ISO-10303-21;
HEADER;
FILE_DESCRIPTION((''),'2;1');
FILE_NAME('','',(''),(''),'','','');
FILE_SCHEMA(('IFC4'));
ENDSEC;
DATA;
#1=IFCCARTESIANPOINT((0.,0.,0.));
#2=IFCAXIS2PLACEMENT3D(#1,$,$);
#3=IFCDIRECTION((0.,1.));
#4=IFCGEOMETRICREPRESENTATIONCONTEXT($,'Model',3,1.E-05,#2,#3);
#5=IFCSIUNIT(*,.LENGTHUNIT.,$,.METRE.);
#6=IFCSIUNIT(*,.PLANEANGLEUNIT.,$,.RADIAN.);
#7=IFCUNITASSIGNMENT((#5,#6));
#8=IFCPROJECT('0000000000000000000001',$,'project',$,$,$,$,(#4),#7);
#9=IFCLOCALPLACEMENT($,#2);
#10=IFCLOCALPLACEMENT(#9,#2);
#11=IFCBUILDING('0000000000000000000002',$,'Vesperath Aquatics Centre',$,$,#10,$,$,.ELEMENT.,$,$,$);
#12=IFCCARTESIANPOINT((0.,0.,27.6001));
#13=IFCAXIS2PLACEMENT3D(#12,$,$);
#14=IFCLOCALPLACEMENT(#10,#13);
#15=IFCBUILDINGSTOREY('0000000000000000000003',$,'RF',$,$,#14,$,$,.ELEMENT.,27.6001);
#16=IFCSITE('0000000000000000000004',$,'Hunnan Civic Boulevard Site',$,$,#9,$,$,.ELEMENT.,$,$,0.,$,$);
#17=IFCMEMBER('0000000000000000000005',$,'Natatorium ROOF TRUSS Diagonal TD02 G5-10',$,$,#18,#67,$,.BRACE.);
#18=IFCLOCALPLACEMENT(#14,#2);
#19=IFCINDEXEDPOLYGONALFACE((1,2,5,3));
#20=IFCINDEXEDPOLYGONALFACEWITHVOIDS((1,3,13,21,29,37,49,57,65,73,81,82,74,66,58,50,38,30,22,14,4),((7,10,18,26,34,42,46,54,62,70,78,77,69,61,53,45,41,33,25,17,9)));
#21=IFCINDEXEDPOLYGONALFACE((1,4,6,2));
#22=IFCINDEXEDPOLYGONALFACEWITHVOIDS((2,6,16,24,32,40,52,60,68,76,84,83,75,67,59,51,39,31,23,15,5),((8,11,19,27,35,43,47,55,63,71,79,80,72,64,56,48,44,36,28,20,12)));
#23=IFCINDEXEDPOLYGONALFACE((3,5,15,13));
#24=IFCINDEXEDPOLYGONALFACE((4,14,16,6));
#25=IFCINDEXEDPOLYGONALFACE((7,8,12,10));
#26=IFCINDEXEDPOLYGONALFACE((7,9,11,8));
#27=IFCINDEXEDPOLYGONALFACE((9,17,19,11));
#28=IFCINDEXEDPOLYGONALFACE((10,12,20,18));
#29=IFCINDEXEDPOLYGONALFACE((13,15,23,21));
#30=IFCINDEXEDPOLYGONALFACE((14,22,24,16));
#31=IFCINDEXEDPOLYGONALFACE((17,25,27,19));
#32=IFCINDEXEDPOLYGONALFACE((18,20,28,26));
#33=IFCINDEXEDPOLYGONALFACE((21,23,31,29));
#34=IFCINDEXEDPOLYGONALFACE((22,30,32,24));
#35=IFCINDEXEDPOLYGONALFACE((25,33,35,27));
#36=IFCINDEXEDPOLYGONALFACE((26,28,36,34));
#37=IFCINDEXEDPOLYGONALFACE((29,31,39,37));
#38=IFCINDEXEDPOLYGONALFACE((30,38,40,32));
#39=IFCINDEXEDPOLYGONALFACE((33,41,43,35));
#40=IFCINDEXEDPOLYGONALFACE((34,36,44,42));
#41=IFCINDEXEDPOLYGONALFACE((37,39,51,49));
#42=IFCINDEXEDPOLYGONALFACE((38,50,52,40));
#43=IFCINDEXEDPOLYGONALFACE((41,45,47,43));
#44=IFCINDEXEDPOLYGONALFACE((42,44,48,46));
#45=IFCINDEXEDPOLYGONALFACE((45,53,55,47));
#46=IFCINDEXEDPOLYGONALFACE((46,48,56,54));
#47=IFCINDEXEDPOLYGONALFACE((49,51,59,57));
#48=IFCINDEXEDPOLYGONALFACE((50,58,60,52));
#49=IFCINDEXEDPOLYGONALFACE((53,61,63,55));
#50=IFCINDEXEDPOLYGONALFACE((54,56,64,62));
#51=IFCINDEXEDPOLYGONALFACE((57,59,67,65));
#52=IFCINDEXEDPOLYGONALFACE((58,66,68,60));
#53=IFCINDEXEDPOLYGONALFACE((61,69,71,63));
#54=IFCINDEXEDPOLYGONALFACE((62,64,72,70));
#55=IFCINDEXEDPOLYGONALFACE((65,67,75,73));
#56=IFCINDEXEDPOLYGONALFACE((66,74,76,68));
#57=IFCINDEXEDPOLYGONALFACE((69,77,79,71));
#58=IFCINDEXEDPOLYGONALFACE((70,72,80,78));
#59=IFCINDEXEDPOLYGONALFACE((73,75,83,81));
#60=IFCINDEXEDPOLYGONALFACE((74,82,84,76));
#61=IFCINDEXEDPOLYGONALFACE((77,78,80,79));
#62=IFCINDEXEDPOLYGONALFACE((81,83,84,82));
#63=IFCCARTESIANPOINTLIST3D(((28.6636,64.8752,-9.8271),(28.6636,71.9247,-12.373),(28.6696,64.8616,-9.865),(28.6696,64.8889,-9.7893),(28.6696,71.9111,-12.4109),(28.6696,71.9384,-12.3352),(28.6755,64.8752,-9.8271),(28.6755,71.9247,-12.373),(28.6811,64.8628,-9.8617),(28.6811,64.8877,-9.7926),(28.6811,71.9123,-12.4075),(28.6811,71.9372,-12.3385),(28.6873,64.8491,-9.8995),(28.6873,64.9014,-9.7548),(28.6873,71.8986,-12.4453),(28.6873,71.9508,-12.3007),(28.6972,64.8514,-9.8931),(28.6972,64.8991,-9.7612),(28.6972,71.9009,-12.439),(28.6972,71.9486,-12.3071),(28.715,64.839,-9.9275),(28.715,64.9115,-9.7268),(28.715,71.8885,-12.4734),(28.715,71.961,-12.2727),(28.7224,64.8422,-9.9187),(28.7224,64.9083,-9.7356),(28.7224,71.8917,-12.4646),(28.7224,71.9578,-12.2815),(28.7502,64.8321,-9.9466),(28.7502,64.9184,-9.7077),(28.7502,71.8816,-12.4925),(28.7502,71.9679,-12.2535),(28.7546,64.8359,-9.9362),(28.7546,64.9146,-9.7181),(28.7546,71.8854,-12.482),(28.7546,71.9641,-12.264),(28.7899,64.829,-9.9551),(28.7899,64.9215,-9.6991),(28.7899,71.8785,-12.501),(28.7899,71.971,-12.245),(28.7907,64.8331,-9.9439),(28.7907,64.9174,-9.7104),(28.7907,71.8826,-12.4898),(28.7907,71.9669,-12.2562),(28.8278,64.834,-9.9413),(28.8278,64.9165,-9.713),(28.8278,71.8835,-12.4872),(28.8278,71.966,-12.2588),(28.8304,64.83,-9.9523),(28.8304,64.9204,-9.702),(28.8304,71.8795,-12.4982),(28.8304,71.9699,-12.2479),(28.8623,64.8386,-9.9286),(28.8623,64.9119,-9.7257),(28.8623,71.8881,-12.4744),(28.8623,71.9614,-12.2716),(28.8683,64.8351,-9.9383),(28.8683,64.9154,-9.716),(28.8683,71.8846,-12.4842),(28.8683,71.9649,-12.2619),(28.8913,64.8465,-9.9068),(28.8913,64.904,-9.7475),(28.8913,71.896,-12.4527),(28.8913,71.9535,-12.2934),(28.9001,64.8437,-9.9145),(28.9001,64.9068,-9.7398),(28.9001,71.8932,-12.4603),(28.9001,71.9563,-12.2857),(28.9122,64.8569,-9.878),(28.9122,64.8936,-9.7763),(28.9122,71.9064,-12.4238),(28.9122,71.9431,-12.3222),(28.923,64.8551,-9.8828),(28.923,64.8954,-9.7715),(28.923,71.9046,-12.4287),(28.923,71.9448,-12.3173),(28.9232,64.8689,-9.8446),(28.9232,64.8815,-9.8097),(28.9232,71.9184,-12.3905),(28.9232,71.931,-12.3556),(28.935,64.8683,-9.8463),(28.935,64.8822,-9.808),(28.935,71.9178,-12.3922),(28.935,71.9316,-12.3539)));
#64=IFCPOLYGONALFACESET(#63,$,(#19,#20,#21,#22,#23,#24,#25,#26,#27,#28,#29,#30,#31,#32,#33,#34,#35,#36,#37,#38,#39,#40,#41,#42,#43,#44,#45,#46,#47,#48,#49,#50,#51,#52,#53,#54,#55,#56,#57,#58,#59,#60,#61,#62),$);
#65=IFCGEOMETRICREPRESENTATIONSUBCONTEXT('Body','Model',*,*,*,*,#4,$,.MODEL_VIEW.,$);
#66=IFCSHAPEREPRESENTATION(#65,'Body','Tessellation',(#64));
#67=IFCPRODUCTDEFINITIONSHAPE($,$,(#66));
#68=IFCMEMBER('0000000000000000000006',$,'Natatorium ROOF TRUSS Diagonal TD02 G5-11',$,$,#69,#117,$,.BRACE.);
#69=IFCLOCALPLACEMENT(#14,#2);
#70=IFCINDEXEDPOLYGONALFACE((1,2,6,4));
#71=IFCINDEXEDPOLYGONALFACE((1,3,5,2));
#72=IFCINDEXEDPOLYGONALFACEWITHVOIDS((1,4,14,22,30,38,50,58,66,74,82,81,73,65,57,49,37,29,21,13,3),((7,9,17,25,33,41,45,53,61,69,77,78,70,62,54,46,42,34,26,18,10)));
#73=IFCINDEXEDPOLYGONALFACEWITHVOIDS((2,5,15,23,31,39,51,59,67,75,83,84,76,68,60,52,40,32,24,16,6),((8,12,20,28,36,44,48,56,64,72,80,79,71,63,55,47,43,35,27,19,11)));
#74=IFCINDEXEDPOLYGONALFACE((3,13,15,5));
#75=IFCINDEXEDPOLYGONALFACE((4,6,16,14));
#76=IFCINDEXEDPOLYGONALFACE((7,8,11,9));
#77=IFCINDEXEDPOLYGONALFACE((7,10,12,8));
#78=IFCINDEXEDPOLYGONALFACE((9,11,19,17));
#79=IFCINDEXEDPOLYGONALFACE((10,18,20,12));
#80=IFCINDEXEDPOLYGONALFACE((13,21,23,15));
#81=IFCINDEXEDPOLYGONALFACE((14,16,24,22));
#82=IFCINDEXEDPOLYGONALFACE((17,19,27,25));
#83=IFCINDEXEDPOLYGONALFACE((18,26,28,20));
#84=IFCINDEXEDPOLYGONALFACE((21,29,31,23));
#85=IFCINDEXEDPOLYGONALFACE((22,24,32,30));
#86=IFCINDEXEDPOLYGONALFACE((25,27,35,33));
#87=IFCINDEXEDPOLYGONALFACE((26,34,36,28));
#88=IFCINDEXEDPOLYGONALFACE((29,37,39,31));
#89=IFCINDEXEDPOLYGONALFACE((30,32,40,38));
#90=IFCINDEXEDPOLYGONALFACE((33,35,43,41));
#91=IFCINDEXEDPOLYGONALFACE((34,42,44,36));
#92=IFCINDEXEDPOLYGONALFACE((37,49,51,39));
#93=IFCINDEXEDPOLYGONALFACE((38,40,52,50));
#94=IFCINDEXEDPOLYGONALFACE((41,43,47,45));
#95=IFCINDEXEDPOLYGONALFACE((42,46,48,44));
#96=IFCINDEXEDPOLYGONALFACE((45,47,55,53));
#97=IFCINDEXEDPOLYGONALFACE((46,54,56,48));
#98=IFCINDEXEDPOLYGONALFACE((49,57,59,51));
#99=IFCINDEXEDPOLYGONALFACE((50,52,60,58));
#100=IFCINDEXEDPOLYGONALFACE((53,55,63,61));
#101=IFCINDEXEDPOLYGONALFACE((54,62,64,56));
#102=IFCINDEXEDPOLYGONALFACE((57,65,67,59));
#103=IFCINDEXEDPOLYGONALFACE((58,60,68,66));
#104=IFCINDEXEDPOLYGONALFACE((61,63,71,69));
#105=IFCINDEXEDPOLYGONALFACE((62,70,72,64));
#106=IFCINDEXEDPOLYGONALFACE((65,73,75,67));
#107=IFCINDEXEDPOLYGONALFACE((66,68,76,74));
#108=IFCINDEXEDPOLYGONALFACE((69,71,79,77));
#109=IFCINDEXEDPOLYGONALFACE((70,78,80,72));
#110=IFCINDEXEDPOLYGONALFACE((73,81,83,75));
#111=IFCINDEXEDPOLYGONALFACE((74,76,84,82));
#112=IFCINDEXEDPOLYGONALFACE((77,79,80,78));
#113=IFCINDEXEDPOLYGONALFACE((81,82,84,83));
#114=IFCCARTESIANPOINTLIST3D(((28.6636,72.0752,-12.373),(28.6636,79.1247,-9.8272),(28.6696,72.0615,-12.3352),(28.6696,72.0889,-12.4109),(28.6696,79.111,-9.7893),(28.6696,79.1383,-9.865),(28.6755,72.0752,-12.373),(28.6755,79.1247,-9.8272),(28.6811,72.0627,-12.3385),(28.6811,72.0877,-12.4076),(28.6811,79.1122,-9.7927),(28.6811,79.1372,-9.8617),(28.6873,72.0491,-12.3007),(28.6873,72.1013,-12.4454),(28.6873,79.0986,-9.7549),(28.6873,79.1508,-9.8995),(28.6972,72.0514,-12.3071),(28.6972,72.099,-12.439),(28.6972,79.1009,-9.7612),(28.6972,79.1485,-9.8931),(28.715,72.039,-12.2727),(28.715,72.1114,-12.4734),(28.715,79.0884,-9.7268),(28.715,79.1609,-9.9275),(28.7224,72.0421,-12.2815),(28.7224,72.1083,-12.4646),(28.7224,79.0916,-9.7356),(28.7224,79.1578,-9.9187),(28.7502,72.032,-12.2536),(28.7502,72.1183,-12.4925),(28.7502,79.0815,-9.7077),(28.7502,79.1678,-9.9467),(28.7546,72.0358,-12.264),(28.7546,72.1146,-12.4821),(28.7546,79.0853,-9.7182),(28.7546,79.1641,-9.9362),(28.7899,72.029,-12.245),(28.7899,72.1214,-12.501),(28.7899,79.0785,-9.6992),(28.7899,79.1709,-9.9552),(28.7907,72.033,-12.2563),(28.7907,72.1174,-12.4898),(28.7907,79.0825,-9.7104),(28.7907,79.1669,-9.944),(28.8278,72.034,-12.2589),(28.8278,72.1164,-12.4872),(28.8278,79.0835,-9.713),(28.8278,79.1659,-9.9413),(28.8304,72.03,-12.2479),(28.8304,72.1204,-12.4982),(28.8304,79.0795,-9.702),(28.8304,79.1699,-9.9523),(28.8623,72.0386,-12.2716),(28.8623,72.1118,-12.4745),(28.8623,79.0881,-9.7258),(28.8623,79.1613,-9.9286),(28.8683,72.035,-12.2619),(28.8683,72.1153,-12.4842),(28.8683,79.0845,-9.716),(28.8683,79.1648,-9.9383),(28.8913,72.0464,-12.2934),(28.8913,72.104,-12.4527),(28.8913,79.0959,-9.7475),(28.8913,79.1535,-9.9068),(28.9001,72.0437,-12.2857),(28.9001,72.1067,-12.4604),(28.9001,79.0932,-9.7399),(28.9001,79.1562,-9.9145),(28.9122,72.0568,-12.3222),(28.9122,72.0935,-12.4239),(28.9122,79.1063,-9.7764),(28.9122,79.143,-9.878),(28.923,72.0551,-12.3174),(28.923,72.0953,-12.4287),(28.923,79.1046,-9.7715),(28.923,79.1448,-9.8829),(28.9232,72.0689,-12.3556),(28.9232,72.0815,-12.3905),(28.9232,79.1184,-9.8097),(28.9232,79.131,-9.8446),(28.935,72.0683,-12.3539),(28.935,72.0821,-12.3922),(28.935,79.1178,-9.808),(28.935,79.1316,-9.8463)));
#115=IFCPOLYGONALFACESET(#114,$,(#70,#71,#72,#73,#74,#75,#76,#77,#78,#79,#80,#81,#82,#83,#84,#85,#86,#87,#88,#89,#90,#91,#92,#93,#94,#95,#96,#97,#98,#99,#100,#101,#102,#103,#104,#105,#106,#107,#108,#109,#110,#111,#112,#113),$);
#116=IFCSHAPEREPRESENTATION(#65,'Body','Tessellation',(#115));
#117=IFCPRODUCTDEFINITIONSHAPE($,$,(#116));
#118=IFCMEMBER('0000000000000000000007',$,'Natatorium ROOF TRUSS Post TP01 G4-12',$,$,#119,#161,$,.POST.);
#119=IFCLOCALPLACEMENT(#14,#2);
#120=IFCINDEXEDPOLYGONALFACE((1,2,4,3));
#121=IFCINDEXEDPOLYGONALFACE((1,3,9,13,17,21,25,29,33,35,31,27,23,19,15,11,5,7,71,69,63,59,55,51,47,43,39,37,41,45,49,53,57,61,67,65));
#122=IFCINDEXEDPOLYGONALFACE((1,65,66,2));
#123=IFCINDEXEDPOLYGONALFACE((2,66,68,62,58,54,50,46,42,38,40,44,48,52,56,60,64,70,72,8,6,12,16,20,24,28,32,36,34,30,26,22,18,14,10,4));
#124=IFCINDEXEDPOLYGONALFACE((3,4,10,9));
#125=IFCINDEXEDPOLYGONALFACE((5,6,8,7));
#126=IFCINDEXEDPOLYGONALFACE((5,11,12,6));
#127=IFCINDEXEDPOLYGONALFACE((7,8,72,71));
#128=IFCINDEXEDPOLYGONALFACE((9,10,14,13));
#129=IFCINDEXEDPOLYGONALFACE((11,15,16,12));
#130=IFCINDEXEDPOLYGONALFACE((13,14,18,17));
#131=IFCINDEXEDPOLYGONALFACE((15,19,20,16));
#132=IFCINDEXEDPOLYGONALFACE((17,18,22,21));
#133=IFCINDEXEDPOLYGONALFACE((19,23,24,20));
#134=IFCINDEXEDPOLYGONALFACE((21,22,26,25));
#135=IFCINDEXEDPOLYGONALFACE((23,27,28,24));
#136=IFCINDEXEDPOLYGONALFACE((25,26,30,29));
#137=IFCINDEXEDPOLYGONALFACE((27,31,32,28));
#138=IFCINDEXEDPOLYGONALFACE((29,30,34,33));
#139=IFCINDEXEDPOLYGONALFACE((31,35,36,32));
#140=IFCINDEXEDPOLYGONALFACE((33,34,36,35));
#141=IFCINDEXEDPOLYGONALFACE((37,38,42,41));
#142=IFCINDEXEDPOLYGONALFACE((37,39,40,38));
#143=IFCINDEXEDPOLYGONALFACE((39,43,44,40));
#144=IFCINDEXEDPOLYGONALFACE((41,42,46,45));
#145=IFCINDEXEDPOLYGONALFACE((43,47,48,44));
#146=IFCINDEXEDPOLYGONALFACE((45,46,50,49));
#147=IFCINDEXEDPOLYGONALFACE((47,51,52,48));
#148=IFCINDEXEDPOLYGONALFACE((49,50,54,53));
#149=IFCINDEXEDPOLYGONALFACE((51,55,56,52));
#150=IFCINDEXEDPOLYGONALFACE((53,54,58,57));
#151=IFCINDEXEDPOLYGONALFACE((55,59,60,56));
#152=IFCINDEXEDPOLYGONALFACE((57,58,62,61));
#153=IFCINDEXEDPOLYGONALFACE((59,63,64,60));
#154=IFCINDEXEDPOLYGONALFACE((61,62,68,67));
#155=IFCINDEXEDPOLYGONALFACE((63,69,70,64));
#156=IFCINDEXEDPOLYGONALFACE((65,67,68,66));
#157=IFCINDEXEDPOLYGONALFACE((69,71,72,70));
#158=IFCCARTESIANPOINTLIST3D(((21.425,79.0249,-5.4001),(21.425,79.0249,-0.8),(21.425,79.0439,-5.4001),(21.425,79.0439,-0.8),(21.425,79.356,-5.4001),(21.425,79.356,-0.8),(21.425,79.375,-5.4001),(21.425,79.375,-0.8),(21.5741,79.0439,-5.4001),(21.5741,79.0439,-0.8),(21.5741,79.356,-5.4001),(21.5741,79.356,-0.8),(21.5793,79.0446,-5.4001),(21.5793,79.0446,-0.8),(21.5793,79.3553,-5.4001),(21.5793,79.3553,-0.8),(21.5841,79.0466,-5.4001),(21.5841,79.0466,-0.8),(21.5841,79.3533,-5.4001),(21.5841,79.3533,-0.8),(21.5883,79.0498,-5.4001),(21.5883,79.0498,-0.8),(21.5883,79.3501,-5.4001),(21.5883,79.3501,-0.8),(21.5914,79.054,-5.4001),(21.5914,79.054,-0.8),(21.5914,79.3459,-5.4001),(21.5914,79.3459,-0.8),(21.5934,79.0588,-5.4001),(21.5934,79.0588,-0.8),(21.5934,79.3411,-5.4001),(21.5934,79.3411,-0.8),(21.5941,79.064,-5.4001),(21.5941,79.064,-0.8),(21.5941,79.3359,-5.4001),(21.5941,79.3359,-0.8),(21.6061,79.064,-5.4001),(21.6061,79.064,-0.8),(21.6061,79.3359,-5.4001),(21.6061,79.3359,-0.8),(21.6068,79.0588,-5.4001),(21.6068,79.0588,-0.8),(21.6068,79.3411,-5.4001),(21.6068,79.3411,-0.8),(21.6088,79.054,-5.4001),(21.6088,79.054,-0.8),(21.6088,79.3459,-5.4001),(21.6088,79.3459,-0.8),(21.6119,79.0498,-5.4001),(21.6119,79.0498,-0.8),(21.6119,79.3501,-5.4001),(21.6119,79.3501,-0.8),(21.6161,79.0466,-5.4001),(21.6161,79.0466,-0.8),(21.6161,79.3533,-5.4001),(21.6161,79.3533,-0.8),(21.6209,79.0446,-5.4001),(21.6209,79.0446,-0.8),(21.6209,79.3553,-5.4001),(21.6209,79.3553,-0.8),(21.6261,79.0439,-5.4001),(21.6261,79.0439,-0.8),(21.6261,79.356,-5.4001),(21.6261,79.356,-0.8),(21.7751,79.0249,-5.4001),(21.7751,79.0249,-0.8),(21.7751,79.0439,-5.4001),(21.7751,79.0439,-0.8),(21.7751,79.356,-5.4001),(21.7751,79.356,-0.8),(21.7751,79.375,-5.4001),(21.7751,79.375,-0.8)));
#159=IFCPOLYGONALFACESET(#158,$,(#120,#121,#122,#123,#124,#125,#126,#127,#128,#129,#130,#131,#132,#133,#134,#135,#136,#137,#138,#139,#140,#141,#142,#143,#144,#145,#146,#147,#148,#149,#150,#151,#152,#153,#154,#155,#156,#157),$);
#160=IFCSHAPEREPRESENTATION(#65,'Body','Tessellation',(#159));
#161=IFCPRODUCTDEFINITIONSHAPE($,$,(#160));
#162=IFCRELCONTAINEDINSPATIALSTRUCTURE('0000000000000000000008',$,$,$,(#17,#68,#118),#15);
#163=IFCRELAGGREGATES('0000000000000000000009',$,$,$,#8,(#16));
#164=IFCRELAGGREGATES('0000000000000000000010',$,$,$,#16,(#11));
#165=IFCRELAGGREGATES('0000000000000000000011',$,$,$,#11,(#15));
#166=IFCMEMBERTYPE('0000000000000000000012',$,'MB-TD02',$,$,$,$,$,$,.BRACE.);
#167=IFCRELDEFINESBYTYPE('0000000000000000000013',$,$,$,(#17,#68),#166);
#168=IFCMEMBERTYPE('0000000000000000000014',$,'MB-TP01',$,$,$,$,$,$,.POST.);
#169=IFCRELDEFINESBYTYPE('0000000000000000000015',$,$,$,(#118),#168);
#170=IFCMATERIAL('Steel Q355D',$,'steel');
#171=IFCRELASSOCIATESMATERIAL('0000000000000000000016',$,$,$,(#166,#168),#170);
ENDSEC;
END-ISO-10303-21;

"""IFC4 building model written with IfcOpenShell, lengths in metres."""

from ifc_helpers import new_model, si_unit, direction, frame, origin, origin_2d, place, context, subcontext, project, spatial, hollow_circle, i_section, extrude, material, material_profile, profile_set, type_object, element, save


model = new_model("IFC4")

# Units and contexts
model_context = context("Model", 3, precision=1e-05, world=origin(), true_north=direction((0.0, 1.0)))
body_context = subcontext(model_context, "Body", "Model", "MODEL_VIEW")
ifc_project = project(units=[si_unit("LENGTHUNIT", "METRE"), si_unit("PLANEANGLEUNIT", "RADIAN")], contexts=[model_context])

# Site, building, storey
site_placement = place(None, origin())
site = spatial("IfcSite", under=ifc_project, at=site_placement, Name="Hunnan Civic Boulevard Site", CompositionType="ELEMENT", RefElevation=0.0)
building_placement = place(site_placement, origin())
building = spatial("IfcBuilding", under=site, at=building_placement, Name="Vesperath Aquatics Centre", CompositionType="ELEMENT")
storey_placement = place(building_placement, frame((0.0, 0.0, 27.6001)))
storey = spatial("IfcBuildingStorey", under=building, at=storey_placement, Name="RF", CompositionType="ELEMENT", Elevation=27.6001)

# Members
ifc_material_1 = material(Name="Steel Q355D", Category="steel")
ifc_material_profile_1 = material_profile(ifc_material_1, hollow_circle(Radius=0.1365, WallThickness=0.012, at=origin_2d()), Name="CHS 273.0x12")
ifc_profile_set_1 = profile_set([ifc_material_profile_1], Name="Steel Q355D")
member_type_1 = type_object("IfcMemberType", Name="MB-TD02", PredefinedType="BRACE", material=ifc_profile_set_1)
for number, where, z_axis, x_axis, name in (
    (1, (28.8, 64.8752, -9.8271), (0.0, 0.940544, -0.339671), (-1.0, 0.0, 0.0), "Natatorium ROOF TRUSS Diagonal TD02 G5-10"),
    (2, (28.8, 72.0752, -12.373), (0.0, 0.940544, 0.339671), (-1.0, 0.0, 0.0), "Natatorium ROOF TRUSS Diagonal TD02 G5-11"),
):
    element("IfcMember", number, at=place(storey_placement, frame(where, z_axis=z_axis, x_axis=x_axis)), inside=storey, type_object=member_type_1, Name=name, PredefinedType="BRACE", context=body_context, shape_type="SweptSolid", body=[
        extrude(hollow_circle(Radius=0.1365, WallThickness=0.012, at=origin_2d()), origin(), (0.0, 0.0, 1.0), 7.4951),
    ])
ifc_material_profile_2 = material_profile(ifc_material_1, i_section(OverallWidth=0.3501, OverallDepth=0.3501, WebThickness=0.012, FlangeThickness=0.019, FilletRadius=0.02, at=origin_2d()), Name="HW 350x350x12x19")
ifc_profile_set_2 = profile_set([ifc_material_profile_2], Name="Steel Q355D")
member_type_2 = type_object("IfcMemberType", Name="MB-TP01", PredefinedType="POST", material=ifc_profile_set_2)
member_1_placement = place(storey_placement, frame((21.6001, 79.2, -5.4001), z_axis=(0.0, 0.0, 1.0), x_axis=(1.0, 0.0, 0.0)))
element("IfcMember", 3, at=member_1_placement, inside=storey, type_object=member_type_2, Name="Natatorium ROOF TRUSS Post TP01 G4-12", PredefinedType="POST", context=body_context, shape_type="SweptSolid", body=[
    extrude(i_section(OverallWidth=0.3501, OverallDepth=0.3501, WebThickness=0.012, FlangeThickness=0.019, FilletRadius=0.02, at=origin_2d()), origin(), (0.0, 0.0, 1.0), 4.6001),
])

save(model, "model.ifc")
